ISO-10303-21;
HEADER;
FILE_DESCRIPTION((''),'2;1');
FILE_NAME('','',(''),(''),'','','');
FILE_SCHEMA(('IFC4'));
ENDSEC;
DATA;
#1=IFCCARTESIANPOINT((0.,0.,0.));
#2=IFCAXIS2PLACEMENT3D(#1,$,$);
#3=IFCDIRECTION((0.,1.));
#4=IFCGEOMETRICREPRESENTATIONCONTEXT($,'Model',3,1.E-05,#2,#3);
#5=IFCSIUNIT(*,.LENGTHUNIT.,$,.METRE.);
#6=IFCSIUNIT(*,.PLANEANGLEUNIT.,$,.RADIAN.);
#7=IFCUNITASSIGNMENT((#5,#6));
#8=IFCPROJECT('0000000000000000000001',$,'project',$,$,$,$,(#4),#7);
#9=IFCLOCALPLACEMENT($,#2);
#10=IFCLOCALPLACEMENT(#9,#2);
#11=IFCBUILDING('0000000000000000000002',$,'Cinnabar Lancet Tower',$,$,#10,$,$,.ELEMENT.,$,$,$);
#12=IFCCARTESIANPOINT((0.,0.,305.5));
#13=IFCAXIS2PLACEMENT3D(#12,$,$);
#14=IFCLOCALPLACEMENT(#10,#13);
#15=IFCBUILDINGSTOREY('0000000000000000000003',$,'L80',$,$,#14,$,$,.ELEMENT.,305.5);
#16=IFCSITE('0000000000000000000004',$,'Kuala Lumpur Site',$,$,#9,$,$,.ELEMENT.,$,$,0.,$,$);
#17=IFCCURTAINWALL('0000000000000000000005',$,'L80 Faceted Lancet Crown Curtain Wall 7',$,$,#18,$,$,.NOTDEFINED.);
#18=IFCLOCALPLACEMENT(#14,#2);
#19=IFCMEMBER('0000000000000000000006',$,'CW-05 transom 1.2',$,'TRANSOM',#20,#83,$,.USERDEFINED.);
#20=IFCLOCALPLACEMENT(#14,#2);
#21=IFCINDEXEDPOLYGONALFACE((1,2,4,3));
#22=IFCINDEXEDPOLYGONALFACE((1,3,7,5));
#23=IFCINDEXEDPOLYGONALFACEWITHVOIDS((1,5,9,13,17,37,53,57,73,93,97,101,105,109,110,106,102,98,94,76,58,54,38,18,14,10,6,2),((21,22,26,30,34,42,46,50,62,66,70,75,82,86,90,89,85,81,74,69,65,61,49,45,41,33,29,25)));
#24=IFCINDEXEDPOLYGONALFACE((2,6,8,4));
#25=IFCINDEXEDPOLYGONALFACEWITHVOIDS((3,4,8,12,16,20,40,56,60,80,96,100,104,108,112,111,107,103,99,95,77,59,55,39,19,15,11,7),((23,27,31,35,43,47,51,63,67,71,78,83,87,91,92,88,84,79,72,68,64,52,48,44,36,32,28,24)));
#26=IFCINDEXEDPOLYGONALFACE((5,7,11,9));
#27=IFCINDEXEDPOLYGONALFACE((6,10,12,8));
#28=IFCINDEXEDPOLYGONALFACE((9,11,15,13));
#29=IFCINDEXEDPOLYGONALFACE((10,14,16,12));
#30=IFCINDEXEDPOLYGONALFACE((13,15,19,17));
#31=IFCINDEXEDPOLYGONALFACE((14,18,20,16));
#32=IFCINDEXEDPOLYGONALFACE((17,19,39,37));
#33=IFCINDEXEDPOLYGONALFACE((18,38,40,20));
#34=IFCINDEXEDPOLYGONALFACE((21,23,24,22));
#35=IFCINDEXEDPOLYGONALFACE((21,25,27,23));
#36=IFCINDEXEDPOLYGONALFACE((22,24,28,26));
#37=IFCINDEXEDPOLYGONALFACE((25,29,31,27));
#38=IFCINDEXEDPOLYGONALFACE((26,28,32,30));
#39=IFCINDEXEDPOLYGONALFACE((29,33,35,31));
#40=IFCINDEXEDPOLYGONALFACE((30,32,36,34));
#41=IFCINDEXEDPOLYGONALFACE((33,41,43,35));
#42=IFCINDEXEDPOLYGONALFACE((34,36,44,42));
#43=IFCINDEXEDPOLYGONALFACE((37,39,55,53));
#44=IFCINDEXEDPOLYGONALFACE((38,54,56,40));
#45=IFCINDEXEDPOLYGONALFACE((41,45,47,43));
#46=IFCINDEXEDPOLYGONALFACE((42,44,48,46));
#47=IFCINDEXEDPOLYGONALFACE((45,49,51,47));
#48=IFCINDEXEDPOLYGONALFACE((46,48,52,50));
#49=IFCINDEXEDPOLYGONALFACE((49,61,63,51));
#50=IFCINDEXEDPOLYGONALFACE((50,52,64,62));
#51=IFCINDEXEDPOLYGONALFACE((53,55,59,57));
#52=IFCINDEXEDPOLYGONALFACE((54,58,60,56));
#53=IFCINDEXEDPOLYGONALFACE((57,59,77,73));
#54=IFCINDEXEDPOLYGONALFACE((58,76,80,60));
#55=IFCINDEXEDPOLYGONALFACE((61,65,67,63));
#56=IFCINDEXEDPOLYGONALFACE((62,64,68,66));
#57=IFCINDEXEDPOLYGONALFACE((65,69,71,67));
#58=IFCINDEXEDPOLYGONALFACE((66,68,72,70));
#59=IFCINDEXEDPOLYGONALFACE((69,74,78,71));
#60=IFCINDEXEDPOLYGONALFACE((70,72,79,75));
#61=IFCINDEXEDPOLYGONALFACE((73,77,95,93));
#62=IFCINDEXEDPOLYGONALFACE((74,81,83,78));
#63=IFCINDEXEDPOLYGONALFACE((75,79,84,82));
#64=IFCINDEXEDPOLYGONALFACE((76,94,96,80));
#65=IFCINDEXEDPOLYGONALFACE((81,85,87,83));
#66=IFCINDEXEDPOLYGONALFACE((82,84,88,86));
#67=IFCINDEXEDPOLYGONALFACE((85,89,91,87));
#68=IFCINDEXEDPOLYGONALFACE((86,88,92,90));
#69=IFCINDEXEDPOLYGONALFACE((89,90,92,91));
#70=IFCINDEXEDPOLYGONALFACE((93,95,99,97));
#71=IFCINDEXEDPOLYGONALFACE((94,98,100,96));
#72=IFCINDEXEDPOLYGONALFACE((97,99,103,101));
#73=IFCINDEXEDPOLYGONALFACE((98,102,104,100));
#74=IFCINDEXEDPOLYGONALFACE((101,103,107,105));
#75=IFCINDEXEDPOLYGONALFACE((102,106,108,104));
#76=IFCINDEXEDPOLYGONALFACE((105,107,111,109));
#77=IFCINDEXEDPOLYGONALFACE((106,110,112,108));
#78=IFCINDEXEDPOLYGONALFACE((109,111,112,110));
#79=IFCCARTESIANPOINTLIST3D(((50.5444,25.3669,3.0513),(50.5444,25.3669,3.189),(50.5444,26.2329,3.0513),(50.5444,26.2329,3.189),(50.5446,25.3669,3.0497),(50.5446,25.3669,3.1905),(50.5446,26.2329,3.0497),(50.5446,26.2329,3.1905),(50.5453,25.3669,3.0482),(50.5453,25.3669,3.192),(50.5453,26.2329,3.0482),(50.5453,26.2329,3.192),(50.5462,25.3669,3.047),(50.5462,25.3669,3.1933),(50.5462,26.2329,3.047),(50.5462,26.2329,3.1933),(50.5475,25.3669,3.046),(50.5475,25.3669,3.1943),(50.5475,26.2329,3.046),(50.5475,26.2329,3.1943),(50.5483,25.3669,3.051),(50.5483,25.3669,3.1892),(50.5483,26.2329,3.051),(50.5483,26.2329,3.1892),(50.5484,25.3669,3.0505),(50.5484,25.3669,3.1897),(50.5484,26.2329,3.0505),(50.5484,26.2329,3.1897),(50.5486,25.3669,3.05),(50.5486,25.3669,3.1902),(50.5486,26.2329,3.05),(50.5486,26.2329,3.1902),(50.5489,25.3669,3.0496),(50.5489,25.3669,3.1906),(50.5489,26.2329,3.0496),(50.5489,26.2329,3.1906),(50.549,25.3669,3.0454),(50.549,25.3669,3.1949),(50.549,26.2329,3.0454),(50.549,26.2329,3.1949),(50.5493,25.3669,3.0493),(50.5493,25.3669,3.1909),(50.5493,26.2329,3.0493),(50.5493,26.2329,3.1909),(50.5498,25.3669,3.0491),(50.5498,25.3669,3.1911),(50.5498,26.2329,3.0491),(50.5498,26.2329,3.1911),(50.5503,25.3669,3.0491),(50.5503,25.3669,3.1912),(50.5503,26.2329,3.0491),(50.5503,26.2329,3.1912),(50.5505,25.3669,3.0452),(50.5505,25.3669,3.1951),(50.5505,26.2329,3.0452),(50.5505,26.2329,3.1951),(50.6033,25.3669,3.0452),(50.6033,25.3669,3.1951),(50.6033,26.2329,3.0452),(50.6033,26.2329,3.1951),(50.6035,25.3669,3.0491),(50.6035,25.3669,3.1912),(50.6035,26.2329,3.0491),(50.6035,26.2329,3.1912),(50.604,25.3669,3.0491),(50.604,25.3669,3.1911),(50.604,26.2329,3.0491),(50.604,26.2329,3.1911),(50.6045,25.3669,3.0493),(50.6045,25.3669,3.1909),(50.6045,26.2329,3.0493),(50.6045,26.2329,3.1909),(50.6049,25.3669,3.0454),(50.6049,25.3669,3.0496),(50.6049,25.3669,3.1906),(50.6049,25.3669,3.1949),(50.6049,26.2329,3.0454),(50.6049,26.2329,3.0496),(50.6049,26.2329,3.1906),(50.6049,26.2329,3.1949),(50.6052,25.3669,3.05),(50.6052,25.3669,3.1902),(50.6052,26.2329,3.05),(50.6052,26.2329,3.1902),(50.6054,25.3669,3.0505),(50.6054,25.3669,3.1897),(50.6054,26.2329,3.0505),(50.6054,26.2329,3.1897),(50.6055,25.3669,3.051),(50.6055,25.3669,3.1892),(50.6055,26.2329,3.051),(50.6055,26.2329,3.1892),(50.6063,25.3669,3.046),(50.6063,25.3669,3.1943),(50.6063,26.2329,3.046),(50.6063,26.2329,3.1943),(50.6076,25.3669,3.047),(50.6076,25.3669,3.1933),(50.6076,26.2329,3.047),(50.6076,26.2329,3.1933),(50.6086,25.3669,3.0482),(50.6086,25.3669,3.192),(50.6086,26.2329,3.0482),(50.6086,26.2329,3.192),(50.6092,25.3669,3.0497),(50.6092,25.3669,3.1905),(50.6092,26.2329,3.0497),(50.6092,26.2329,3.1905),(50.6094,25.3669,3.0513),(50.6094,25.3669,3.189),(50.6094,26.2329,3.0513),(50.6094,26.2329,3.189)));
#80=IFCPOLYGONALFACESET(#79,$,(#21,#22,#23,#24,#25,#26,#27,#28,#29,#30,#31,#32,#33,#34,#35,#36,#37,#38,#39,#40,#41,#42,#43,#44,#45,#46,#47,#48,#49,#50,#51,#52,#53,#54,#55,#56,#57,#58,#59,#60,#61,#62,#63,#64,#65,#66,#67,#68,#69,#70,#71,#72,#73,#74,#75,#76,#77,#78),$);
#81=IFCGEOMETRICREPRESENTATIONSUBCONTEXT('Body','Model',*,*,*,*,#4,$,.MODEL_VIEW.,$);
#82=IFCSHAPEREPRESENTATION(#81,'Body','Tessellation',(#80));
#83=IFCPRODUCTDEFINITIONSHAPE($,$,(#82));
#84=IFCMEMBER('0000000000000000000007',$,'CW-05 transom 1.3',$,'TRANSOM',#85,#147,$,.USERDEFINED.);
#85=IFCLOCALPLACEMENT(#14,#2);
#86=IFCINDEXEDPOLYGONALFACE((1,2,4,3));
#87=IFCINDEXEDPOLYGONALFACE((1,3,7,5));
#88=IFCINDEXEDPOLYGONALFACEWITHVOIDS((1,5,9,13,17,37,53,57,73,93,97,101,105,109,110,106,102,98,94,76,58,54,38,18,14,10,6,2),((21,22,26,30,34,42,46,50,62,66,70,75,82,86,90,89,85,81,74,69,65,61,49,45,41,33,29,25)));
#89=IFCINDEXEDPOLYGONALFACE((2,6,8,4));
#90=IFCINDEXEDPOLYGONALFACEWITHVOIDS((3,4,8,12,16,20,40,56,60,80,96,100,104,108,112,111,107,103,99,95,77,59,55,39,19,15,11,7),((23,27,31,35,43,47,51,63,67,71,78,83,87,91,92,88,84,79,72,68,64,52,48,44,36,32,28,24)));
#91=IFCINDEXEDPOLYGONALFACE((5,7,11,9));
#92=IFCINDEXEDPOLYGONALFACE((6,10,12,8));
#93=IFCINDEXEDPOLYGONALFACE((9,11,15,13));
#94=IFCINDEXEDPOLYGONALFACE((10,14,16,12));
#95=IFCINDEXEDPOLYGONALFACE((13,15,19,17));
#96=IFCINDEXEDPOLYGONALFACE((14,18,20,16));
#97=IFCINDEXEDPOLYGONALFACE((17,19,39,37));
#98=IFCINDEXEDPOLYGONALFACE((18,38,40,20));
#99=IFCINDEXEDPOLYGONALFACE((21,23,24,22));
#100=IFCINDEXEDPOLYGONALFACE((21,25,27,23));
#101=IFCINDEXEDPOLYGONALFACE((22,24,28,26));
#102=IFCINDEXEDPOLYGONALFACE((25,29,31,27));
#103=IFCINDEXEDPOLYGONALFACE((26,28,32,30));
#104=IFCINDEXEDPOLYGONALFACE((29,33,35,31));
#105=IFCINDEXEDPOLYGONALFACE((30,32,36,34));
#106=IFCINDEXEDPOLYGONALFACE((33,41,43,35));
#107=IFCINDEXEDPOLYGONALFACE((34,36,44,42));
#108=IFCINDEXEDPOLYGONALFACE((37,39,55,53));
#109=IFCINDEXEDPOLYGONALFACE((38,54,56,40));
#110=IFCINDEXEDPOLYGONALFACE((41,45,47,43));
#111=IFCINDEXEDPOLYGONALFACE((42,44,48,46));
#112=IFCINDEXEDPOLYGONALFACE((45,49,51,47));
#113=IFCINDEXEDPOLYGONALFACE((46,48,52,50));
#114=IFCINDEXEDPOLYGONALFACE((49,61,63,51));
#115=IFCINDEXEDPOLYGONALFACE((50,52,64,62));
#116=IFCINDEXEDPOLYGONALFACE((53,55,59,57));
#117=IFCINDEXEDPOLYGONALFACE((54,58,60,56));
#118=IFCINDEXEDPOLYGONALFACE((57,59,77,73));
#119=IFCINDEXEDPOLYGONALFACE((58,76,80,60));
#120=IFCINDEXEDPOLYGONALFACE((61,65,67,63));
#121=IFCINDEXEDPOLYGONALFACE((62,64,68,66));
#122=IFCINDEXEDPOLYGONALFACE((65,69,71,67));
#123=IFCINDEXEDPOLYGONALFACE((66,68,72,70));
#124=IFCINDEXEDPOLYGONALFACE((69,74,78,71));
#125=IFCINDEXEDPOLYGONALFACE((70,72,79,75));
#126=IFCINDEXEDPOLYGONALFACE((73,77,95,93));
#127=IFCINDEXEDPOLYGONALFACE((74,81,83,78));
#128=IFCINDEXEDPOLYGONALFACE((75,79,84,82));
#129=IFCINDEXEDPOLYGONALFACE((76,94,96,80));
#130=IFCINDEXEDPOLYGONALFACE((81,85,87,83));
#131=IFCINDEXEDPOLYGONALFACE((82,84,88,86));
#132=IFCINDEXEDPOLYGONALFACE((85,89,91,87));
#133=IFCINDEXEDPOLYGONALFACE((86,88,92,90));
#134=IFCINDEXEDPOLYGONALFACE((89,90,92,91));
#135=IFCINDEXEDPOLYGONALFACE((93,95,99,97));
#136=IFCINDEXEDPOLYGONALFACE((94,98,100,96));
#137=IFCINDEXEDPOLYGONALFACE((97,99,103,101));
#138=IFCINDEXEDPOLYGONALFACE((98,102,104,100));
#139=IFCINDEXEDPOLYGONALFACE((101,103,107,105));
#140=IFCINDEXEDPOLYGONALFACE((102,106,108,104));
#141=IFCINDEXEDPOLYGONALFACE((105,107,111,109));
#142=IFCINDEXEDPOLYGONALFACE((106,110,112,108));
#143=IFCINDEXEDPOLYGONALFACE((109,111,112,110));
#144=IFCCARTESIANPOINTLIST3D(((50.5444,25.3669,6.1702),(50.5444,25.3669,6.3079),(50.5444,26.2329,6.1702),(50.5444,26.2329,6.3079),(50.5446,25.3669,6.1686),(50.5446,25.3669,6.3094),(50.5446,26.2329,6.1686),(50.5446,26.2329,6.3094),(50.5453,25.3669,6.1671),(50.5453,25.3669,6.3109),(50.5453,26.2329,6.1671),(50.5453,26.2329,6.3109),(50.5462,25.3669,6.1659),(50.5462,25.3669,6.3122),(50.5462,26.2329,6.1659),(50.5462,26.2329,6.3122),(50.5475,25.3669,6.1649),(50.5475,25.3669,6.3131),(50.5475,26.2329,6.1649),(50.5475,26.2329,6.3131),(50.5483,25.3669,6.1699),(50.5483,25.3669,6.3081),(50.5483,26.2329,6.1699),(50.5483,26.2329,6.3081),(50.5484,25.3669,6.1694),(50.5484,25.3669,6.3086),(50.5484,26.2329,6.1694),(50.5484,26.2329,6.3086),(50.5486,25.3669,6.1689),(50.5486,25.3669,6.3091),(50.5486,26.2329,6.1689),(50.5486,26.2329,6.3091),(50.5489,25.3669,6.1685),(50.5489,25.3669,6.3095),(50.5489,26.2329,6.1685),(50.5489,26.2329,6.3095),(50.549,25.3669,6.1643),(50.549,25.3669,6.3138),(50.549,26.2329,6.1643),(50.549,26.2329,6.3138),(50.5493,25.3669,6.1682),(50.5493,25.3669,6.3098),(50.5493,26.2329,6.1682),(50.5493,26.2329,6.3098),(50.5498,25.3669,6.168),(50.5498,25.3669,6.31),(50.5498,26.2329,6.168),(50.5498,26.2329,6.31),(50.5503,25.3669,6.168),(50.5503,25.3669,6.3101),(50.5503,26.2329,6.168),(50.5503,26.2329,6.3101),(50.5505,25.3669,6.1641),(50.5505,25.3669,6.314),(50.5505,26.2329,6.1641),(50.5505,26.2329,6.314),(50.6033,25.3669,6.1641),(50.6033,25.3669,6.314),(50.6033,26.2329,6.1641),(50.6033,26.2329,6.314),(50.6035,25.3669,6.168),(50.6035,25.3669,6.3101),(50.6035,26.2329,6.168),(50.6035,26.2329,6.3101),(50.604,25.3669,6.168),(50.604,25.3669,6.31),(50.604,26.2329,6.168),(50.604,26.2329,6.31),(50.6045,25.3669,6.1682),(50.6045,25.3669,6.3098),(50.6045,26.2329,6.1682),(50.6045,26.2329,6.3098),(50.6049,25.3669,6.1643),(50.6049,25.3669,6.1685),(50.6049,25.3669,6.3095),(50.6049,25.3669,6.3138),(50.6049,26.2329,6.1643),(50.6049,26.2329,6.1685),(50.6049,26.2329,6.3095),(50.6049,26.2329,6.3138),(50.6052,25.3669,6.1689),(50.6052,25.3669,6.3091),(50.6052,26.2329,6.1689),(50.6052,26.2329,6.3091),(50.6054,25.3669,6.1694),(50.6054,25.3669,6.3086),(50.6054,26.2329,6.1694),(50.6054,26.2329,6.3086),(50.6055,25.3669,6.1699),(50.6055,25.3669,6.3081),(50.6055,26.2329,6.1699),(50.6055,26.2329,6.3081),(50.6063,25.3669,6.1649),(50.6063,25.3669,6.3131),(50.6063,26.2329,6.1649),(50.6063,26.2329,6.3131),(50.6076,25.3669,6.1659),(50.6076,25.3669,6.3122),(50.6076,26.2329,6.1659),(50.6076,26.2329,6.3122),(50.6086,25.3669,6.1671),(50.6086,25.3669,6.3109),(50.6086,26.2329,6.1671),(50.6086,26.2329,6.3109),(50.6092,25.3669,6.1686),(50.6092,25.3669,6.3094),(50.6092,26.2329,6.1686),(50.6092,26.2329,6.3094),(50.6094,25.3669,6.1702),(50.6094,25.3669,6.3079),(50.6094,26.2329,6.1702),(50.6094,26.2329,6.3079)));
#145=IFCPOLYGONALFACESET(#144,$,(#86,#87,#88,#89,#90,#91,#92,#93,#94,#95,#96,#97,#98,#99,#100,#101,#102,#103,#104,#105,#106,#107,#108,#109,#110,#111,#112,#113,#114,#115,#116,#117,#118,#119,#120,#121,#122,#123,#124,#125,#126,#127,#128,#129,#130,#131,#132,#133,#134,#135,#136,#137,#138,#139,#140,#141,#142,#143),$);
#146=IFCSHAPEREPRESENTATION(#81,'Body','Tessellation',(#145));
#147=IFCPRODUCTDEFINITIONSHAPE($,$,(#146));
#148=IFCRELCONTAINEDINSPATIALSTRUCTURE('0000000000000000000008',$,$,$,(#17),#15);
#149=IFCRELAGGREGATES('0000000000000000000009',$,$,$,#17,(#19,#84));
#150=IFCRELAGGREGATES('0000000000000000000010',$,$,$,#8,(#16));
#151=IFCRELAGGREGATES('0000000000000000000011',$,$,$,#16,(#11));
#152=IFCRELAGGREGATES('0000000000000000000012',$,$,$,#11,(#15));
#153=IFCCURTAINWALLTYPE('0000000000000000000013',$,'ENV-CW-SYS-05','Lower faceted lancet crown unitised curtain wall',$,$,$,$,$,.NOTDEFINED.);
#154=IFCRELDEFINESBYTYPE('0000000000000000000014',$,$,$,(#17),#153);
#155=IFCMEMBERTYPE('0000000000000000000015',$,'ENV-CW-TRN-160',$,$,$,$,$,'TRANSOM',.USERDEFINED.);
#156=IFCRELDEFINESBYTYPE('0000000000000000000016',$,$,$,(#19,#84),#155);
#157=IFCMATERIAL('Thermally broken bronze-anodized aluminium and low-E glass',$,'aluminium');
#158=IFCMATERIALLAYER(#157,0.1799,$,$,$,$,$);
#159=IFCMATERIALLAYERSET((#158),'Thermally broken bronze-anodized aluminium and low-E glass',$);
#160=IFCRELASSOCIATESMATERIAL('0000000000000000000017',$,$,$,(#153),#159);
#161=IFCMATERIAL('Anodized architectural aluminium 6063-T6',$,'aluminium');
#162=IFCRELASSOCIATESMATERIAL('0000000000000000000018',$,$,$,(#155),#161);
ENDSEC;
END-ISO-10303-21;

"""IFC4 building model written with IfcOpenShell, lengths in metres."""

from ifc_helpers import new_model, si_unit, direction, frame, origin, origin_2d, place, context, subcontext, project, spatial, hollow_rectangle, extrude, material, layer, layer_set, material_profile, profile_set, type_object, element, aggregate, save


model = new_model("IFC4")

# Units and contexts
model_context = context("Model", 3, precision=1e-05, world=origin(), true_north=direction((0.0, 1.0)))
body_context = subcontext(model_context, "Body", "Model", "MODEL_VIEW")
ifc_project = project(units=[si_unit("LENGTHUNIT", "METRE"), si_unit("PLANEANGLEUNIT", "RADIAN")], contexts=[model_context])

# Site, building, storey
site_placement = place(None, origin())
site = spatial("IfcSite", under=ifc_project, at=site_placement, Name="Kuala Lumpur Site", CompositionType="ELEMENT", RefElevation=0.0)
building_placement = place(site_placement, origin())
building = spatial("IfcBuilding", under=site, at=building_placement, Name="Cinnabar Lancet Tower", CompositionType="ELEMENT")
storey_placement = place(building_placement, frame((0.0, 0.0, 305.5)))
storey = spatial("IfcBuildingStorey", under=building, at=storey_placement, Name="L80", CompositionType="ELEMENT", Elevation=305.5)

# Shared definitions
ifc_material_1 = material(Name="Thermally broken bronze-anodized aluminium and low-E glass", Category="aluminium")
ifc_layer_1 = layer(ifc_material_1, 0.1799)
ifc_layer_set_1 = layer_set([ifc_layer_1], Name="Thermally broken bronze-anodized aluminium and low-E glass")
curtain_wall_type = type_object("IfcCurtainWallType", Name="ENV-CW-SYS-05", Description="Lower faceted lancet crown unitised curtain wall", PredefinedType="NOTDEFINED", material=ifc_layer_set_1)

# Curtain wall
curtain_wall_1_placement = place(storey_placement, origin())
curtain_wall_1 = element("IfcCurtainWall", 1, at=curtain_wall_1_placement, inside=storey, type_object=curtain_wall_type, Name="L80 Faceted Lancet Crown Curtain Wall 7", PredefinedType="NOTDEFINED")

# Members
ifc_material_2 = material(Name="Anodized architectural aluminium 6063-T6", Category="aluminium")
ifc_material_profile_1 = material_profile(ifc_material_2, hollow_rectangle(XDim=0.0649, YDim=0.1499, WallThickness=0.0039, InnerFilletRadius=0.002, OuterFilletRadius=0.0061, at=origin_2d()), Name="CW-TRN 150x65x4")
ifc_profile_set_1 = profile_set([ifc_material_profile_1], Name="Anodized architectural aluminium 6063-T6")
member_type_1 = type_object("IfcMemberType", Name="ENV-CW-TRN-160", ElementType="TRANSOM", PredefinedType="USERDEFINED", material=ifc_profile_set_1)
member_1_placement = place(storey_placement, frame((50.5769, 25.3669, 3.1201), z_axis=(0.0, 1.0, 0.0), x_axis=(-1.0, 0.0, 0.0)))
member_1 = element("IfcMember", 2, at=member_1_placement, type_object=member_type_1, Name="CW-05 transom 1.2", ObjectType="TRANSOM", PredefinedType="USERDEFINED", context=body_context, shape_type="SweptSolid", body=[
    extrude(hollow_rectangle(XDim=0.0649, YDim=0.1499, WallThickness=0.0039, InnerFilletRadius=0.002, OuterFilletRadius=0.0061, at=origin_2d()), origin(), (0.0, 0.0, 1.0), 0.866),
])
member_2_placement = place(storey_placement, frame((50.5769, 25.3669, 6.239), z_axis=(0.0, 1.0, 0.0), x_axis=(-1.0, 0.0, 0.0)))
member_2 = element("IfcMember", 3, at=member_2_placement, type_object=member_type_1, Name="CW-05 transom 1.3", ObjectType="TRANSOM", PredefinedType="USERDEFINED", context=body_context, shape_type="SweptSolid", body=[
    extrude(hollow_rectangle(XDim=0.0649, YDim=0.1499, WallThickness=0.0039, InnerFilletRadius=0.002, OuterFilletRadius=0.0061, at=origin_2d()), origin(), (0.0, 0.0, 1.0), 0.866),
])

aggregate(curtain_wall_1, [member_1, member_2])

save(model, "model.ifc")
